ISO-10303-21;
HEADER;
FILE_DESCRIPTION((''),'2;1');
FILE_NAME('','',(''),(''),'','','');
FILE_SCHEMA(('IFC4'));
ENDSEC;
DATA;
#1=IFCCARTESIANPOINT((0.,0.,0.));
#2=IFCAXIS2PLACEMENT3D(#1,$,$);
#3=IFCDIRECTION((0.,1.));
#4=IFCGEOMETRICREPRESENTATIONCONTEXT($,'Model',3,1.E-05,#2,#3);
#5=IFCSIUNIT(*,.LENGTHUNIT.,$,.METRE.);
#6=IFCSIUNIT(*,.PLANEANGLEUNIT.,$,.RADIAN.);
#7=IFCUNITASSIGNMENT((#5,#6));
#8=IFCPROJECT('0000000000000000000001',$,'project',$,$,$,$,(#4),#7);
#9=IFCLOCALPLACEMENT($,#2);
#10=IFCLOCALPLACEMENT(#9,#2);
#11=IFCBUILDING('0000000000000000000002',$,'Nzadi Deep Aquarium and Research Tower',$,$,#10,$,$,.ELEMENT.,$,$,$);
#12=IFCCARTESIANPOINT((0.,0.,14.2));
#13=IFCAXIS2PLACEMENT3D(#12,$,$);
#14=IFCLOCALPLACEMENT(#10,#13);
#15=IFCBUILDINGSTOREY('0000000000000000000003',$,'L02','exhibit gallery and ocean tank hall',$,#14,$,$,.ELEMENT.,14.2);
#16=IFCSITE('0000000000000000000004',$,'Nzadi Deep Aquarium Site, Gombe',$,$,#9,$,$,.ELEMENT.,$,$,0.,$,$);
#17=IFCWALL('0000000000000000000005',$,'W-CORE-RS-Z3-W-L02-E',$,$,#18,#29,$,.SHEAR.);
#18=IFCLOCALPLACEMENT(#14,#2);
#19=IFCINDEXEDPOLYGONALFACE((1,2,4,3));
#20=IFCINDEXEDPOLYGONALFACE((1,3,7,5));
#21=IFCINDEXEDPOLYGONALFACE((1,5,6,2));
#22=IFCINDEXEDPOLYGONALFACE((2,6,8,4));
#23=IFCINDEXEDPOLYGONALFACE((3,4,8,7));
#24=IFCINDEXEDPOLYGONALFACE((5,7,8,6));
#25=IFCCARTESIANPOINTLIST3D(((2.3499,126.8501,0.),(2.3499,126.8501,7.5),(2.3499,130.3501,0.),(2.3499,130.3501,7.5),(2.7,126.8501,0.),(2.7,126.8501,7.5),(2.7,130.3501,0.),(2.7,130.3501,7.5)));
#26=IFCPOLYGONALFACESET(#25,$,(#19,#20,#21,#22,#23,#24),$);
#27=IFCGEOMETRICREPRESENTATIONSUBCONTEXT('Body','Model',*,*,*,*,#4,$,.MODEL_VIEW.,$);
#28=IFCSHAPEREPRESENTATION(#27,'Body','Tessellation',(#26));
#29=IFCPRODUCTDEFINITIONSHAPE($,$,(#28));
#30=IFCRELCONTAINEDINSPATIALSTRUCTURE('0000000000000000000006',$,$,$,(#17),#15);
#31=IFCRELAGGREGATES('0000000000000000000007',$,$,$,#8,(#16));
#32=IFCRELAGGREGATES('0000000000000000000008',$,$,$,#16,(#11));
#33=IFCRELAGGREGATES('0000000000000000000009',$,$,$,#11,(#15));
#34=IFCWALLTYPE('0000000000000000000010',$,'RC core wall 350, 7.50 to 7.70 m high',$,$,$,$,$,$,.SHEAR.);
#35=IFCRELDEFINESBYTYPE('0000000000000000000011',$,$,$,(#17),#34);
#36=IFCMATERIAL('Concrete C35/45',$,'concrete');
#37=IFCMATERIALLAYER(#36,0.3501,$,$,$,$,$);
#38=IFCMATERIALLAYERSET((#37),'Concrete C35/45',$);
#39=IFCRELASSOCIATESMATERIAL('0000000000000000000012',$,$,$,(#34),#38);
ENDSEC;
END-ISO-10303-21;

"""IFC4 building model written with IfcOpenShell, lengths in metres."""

from ifc_helpers import new_model, si_unit, direction, frame, frame_2d, origin, place, context, subcontext, project, spatial, rectangle, extrude, material, layer, layer_set, type_object, element, save


model = new_model("IFC4")

# Units and contexts
model_context = context("Model", 3, precision=1e-05, world=origin(), true_north=direction((0.0, 1.0)))
body_context = subcontext(model_context, "Body", "Model", "MODEL_VIEW")
ifc_project = project(units=[si_unit("LENGTHUNIT", "METRE"), si_unit("PLANEANGLEUNIT", "RADIAN")], contexts=[model_context])

# Site, building, storey
site_placement = place(None, origin())
site = spatial("IfcSite", under=ifc_project, at=site_placement, Name="Nzadi Deep Aquarium Site, Gombe", CompositionType="ELEMENT", RefElevation=0.0)
building_placement = place(site_placement, origin())
building = spatial("IfcBuilding", under=site, at=building_placement, Name="Nzadi Deep Aquarium and Research Tower", CompositionType="ELEMENT")
storey_placement = place(building_placement, frame((0.0, 0.0, 14.2)))
storey = spatial("IfcBuildingStorey", under=building, at=storey_placement, Name="L02", Description="exhibit gallery and ocean tank hall", CompositionType="ELEMENT", Elevation=14.2)

# Wall
ifc_material_1 = material(Name="Concrete C35/45", Category="concrete")
ifc_layer_1 = layer(ifc_material_1, 0.3501)
ifc_layer_set_1 = layer_set([ifc_layer_1], Name="Concrete C35/45")
wall_type = type_object("IfcWallType", Name="RC core wall 350, 7.50 to 7.70 m high", PredefinedType="SHEAR", material=ifc_layer_set_1)
for number, where, z_axis, x_axis, name in (
    (1, (2.5249, 126.8501, 0.0), (0.0, 0.0, 1.0), (0.0, 1.0, 0.0), "W-CORE-RS-Z3-W-L02-E"),
):
    element("IfcWall", number, at=place(storey_placement, frame(where, z_axis=z_axis, x_axis=x_axis)), inside=storey, type_object=wall_type, Name=name, PredefinedType="SHEAR", context=body_context, shape_type="SweptSolid", body=[
        extrude(rectangle(XDim=3.5, YDim=0.3501, at=frame_2d((1.75, 0.0))), origin(), (0.0, 0.0, 1.0), 7.5),
    ])

save(model, "model.ifc")
